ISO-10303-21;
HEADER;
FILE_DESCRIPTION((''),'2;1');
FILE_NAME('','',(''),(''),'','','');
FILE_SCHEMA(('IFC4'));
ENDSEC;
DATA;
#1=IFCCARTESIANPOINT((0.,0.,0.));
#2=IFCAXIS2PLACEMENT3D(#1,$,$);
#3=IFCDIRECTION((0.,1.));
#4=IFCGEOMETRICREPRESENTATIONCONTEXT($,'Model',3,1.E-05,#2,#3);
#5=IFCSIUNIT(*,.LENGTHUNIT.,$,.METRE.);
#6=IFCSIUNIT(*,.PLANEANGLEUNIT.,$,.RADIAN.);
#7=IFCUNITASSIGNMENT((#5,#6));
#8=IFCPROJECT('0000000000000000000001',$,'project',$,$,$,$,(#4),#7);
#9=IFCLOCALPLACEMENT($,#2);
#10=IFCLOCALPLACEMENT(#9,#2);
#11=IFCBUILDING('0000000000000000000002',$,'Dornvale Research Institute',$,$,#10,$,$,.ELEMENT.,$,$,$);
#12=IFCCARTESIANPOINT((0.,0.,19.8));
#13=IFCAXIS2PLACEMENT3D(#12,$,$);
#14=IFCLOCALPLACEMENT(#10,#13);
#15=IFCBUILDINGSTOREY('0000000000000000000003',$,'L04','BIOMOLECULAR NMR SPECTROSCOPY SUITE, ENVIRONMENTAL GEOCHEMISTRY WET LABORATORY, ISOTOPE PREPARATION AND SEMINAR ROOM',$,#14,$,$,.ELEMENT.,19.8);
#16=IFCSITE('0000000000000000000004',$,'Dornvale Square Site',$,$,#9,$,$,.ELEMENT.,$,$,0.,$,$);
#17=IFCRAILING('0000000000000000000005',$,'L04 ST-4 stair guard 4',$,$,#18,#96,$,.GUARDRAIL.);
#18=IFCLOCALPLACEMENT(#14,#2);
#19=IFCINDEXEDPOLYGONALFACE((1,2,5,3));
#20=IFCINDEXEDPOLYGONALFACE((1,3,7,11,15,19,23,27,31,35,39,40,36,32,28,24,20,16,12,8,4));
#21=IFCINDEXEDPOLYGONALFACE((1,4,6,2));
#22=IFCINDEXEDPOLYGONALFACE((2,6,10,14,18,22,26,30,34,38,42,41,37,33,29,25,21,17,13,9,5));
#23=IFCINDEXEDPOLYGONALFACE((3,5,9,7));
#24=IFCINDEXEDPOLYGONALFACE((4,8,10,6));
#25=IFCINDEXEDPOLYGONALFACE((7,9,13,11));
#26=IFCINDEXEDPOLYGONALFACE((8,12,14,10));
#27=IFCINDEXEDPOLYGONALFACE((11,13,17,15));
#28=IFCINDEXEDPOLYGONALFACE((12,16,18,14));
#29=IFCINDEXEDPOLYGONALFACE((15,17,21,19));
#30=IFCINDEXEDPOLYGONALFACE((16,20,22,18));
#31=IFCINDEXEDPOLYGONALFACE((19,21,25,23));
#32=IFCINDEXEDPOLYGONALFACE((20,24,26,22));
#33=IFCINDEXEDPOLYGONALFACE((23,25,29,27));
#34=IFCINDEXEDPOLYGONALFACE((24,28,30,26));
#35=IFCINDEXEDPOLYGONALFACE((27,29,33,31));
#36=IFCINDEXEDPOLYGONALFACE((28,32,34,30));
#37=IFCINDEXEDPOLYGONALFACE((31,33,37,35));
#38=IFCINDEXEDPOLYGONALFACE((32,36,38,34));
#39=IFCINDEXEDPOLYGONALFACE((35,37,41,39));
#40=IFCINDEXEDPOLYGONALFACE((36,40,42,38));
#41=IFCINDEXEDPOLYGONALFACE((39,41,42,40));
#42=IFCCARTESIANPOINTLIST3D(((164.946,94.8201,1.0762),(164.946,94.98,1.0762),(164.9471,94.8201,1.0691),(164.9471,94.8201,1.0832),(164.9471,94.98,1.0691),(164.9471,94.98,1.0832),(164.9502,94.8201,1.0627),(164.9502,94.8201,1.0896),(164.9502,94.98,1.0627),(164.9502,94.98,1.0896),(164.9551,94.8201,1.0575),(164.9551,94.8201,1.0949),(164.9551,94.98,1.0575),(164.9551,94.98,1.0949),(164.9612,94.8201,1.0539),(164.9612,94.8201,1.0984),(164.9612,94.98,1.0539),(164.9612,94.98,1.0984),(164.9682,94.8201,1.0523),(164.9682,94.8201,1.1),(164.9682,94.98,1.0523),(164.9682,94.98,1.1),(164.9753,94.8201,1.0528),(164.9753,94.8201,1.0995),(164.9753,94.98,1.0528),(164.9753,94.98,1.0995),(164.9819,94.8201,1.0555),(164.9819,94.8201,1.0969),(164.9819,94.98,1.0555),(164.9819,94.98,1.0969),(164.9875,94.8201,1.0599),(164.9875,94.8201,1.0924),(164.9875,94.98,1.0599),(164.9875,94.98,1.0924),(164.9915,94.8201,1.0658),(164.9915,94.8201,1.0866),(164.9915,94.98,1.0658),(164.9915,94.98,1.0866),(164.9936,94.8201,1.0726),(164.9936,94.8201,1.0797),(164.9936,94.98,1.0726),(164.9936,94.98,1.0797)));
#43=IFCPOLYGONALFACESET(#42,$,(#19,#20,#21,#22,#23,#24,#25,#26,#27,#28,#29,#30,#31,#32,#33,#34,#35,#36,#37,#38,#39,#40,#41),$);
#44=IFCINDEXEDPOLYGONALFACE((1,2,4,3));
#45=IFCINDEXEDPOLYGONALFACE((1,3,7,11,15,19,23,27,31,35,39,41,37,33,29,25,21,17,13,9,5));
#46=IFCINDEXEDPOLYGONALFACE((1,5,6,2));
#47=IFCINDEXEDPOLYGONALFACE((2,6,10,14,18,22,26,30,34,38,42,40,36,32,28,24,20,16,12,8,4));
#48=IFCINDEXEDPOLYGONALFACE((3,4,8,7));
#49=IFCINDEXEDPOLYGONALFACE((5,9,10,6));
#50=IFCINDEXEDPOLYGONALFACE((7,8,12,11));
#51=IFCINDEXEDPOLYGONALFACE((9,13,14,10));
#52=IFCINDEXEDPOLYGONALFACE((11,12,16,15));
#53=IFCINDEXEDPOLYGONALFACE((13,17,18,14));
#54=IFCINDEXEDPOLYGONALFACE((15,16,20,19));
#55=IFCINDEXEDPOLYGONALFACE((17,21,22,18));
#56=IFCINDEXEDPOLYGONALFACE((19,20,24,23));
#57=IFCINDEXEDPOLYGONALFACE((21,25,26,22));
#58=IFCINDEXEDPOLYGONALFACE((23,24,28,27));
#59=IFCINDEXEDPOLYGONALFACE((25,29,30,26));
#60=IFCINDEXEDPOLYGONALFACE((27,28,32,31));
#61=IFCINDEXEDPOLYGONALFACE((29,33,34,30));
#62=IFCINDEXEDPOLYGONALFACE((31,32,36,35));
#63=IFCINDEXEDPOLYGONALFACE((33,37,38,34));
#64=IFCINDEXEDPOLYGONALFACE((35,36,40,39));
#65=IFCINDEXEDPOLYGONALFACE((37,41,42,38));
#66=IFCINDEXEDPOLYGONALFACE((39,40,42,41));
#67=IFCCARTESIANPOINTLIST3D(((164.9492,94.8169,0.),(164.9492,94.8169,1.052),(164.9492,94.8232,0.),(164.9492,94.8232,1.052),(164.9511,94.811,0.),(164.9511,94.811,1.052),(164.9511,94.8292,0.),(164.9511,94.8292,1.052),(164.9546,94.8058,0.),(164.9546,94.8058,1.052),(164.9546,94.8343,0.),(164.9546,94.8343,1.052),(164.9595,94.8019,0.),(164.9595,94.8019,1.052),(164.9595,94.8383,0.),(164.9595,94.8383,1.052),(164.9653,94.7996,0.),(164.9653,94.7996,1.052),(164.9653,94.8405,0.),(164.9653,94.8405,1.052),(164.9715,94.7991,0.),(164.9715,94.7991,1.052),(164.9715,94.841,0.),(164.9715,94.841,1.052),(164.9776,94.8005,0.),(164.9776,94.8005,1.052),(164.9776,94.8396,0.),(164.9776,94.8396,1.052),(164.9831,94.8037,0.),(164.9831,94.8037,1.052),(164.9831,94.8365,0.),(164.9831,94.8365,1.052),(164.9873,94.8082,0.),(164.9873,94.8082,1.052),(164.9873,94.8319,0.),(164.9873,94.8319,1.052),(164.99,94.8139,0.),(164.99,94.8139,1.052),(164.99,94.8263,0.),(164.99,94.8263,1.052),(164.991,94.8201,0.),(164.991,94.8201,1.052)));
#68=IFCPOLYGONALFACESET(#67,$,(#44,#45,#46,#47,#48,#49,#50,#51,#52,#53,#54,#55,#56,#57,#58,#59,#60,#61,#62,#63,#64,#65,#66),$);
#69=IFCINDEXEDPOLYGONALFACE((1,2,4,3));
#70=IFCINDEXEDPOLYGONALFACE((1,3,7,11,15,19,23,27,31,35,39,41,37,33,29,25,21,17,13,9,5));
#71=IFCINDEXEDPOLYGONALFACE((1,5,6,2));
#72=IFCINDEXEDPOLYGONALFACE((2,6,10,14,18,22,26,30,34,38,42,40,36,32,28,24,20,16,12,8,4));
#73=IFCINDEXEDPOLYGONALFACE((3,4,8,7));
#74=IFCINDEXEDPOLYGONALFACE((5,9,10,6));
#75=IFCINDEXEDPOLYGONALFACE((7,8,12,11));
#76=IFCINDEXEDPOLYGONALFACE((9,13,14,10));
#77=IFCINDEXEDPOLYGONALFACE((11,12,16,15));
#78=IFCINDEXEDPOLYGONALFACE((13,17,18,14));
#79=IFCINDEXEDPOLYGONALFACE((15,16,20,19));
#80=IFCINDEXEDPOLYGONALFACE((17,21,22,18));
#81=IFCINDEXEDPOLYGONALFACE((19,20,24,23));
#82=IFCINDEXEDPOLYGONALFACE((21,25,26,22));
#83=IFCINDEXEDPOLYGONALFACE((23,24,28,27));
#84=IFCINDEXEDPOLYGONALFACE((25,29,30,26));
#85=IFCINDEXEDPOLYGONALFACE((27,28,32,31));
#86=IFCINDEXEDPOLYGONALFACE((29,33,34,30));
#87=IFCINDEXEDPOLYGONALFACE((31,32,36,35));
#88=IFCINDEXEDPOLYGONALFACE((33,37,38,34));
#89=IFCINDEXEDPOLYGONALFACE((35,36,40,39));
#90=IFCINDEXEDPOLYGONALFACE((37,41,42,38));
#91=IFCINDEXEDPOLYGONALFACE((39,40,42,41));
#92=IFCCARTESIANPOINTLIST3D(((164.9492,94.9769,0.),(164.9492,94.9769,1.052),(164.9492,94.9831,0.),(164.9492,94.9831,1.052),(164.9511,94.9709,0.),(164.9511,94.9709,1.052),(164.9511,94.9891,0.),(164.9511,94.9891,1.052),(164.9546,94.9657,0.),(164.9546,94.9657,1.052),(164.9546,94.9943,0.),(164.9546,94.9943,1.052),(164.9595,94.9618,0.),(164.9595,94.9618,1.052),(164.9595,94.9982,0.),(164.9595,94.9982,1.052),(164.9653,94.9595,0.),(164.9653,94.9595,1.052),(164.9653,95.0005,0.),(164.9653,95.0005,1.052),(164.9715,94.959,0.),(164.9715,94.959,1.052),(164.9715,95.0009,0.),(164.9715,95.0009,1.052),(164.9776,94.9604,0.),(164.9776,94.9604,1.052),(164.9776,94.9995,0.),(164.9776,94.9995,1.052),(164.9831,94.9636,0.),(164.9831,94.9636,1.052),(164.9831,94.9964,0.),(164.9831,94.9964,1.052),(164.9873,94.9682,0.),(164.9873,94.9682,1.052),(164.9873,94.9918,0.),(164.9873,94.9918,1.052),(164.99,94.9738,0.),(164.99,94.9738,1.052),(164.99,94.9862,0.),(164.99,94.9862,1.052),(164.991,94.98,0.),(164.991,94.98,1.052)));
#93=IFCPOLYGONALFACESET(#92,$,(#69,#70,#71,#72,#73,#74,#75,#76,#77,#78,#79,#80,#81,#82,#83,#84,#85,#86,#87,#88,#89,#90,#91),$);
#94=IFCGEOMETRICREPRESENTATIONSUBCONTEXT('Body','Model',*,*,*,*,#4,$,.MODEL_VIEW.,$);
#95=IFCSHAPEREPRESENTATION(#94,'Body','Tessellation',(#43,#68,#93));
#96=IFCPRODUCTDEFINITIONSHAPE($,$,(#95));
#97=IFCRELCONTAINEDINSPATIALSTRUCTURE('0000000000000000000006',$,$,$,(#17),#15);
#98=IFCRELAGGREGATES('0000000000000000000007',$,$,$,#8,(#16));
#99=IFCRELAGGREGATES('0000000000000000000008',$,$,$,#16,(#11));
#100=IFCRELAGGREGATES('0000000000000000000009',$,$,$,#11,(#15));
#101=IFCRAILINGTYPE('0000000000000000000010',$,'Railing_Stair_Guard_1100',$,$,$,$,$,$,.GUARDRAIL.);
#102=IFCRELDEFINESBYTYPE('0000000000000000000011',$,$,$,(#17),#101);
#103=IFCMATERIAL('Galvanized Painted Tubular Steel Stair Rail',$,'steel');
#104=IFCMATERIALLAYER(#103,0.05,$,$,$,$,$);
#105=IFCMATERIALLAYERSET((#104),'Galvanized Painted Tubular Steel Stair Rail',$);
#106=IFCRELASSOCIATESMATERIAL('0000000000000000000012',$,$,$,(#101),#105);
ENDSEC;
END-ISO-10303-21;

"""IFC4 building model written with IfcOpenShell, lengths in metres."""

from ifc_helpers import new_model, si_unit, direction, frame, origin, origin_2d, place, context, subcontext, project, spatial, circle, extrude, material, layer, layer_set, type_object, element, save


model = new_model("IFC4")

# Units and contexts
model_context = context("Model", 3, precision=1e-05, world=origin(), true_north=direction((0.0, 1.0)))
body_context = subcontext(model_context, "Body", "Model", "MODEL_VIEW")
ifc_project = project(units=[si_unit("LENGTHUNIT", "METRE"), si_unit("PLANEANGLEUNIT", "RADIAN")], contexts=[model_context])

# Site, building, storey
site_placement = place(None, origin())
site = spatial("IfcSite", under=ifc_project, at=site_placement, Name="Dornvale Square Site", CompositionType="ELEMENT", RefElevation=0.0)
building_placement = place(site_placement, origin())
building = spatial("IfcBuilding", under=site, at=building_placement, Name="Dornvale Research Institute", CompositionType="ELEMENT")
storey_placement = place(building_placement, frame((0.0, 0.0, 19.8)))
storey = spatial("IfcBuildingStorey", under=building, at=storey_placement, Name="L04", Description="BIOMOLECULAR NMR SPECTROSCOPY SUITE, ENVIRONMENTAL GEOCHEMISTRY WET LABORATORY, ISOTOPE PREPARATION AND SEMINAR ROOM", CompositionType="ELEMENT", Elevation=19.8)

# Railing
ifc_material_1 = material(Name="Galvanized Painted Tubular Steel Stair Rail", Category="steel")
ifc_layer_1 = layer(ifc_material_1, 0.05)
ifc_layer_set_1 = layer_set([ifc_layer_1], Name="Galvanized Painted Tubular Steel Stair Rail")
railing_type_1 = type_object("IfcRailingType", Name="Railing_Stair_Guard_1100", PredefinedType="GUARDRAIL", material=ifc_layer_set_1)
railing_1_placement = place(storey_placement, frame((164.97, 94.8201, 0.0)))
element("IfcRailing", 1, at=railing_1_placement, inside=storey, type_object=railing_type_1, Name="L04 ST-4 stair guard 4", PredefinedType="GUARDRAIL", context=body_context, shape_type="SweptSolid", body=[
    extrude(circle(Radius=0.0239, at=origin_2d()), frame((0.0, 0.0, 1.0762), z_axis=(0.0, 1.0, 0.0), x_axis=(-1.0, 0.0, 0.0)), (0.0, 0.0, 1.0), 0.1599),
    extrude(circle(Radius=0.021, at=origin_2d()), origin(), (0.0, 0.0, 1.0), 1.052),
    extrude(circle(Radius=0.021, at=origin_2d()), frame((0.0, 0.1599, 0.0)), (0.0, 0.0, 1.0), 1.052),
])

save(model, "model.ifc")
